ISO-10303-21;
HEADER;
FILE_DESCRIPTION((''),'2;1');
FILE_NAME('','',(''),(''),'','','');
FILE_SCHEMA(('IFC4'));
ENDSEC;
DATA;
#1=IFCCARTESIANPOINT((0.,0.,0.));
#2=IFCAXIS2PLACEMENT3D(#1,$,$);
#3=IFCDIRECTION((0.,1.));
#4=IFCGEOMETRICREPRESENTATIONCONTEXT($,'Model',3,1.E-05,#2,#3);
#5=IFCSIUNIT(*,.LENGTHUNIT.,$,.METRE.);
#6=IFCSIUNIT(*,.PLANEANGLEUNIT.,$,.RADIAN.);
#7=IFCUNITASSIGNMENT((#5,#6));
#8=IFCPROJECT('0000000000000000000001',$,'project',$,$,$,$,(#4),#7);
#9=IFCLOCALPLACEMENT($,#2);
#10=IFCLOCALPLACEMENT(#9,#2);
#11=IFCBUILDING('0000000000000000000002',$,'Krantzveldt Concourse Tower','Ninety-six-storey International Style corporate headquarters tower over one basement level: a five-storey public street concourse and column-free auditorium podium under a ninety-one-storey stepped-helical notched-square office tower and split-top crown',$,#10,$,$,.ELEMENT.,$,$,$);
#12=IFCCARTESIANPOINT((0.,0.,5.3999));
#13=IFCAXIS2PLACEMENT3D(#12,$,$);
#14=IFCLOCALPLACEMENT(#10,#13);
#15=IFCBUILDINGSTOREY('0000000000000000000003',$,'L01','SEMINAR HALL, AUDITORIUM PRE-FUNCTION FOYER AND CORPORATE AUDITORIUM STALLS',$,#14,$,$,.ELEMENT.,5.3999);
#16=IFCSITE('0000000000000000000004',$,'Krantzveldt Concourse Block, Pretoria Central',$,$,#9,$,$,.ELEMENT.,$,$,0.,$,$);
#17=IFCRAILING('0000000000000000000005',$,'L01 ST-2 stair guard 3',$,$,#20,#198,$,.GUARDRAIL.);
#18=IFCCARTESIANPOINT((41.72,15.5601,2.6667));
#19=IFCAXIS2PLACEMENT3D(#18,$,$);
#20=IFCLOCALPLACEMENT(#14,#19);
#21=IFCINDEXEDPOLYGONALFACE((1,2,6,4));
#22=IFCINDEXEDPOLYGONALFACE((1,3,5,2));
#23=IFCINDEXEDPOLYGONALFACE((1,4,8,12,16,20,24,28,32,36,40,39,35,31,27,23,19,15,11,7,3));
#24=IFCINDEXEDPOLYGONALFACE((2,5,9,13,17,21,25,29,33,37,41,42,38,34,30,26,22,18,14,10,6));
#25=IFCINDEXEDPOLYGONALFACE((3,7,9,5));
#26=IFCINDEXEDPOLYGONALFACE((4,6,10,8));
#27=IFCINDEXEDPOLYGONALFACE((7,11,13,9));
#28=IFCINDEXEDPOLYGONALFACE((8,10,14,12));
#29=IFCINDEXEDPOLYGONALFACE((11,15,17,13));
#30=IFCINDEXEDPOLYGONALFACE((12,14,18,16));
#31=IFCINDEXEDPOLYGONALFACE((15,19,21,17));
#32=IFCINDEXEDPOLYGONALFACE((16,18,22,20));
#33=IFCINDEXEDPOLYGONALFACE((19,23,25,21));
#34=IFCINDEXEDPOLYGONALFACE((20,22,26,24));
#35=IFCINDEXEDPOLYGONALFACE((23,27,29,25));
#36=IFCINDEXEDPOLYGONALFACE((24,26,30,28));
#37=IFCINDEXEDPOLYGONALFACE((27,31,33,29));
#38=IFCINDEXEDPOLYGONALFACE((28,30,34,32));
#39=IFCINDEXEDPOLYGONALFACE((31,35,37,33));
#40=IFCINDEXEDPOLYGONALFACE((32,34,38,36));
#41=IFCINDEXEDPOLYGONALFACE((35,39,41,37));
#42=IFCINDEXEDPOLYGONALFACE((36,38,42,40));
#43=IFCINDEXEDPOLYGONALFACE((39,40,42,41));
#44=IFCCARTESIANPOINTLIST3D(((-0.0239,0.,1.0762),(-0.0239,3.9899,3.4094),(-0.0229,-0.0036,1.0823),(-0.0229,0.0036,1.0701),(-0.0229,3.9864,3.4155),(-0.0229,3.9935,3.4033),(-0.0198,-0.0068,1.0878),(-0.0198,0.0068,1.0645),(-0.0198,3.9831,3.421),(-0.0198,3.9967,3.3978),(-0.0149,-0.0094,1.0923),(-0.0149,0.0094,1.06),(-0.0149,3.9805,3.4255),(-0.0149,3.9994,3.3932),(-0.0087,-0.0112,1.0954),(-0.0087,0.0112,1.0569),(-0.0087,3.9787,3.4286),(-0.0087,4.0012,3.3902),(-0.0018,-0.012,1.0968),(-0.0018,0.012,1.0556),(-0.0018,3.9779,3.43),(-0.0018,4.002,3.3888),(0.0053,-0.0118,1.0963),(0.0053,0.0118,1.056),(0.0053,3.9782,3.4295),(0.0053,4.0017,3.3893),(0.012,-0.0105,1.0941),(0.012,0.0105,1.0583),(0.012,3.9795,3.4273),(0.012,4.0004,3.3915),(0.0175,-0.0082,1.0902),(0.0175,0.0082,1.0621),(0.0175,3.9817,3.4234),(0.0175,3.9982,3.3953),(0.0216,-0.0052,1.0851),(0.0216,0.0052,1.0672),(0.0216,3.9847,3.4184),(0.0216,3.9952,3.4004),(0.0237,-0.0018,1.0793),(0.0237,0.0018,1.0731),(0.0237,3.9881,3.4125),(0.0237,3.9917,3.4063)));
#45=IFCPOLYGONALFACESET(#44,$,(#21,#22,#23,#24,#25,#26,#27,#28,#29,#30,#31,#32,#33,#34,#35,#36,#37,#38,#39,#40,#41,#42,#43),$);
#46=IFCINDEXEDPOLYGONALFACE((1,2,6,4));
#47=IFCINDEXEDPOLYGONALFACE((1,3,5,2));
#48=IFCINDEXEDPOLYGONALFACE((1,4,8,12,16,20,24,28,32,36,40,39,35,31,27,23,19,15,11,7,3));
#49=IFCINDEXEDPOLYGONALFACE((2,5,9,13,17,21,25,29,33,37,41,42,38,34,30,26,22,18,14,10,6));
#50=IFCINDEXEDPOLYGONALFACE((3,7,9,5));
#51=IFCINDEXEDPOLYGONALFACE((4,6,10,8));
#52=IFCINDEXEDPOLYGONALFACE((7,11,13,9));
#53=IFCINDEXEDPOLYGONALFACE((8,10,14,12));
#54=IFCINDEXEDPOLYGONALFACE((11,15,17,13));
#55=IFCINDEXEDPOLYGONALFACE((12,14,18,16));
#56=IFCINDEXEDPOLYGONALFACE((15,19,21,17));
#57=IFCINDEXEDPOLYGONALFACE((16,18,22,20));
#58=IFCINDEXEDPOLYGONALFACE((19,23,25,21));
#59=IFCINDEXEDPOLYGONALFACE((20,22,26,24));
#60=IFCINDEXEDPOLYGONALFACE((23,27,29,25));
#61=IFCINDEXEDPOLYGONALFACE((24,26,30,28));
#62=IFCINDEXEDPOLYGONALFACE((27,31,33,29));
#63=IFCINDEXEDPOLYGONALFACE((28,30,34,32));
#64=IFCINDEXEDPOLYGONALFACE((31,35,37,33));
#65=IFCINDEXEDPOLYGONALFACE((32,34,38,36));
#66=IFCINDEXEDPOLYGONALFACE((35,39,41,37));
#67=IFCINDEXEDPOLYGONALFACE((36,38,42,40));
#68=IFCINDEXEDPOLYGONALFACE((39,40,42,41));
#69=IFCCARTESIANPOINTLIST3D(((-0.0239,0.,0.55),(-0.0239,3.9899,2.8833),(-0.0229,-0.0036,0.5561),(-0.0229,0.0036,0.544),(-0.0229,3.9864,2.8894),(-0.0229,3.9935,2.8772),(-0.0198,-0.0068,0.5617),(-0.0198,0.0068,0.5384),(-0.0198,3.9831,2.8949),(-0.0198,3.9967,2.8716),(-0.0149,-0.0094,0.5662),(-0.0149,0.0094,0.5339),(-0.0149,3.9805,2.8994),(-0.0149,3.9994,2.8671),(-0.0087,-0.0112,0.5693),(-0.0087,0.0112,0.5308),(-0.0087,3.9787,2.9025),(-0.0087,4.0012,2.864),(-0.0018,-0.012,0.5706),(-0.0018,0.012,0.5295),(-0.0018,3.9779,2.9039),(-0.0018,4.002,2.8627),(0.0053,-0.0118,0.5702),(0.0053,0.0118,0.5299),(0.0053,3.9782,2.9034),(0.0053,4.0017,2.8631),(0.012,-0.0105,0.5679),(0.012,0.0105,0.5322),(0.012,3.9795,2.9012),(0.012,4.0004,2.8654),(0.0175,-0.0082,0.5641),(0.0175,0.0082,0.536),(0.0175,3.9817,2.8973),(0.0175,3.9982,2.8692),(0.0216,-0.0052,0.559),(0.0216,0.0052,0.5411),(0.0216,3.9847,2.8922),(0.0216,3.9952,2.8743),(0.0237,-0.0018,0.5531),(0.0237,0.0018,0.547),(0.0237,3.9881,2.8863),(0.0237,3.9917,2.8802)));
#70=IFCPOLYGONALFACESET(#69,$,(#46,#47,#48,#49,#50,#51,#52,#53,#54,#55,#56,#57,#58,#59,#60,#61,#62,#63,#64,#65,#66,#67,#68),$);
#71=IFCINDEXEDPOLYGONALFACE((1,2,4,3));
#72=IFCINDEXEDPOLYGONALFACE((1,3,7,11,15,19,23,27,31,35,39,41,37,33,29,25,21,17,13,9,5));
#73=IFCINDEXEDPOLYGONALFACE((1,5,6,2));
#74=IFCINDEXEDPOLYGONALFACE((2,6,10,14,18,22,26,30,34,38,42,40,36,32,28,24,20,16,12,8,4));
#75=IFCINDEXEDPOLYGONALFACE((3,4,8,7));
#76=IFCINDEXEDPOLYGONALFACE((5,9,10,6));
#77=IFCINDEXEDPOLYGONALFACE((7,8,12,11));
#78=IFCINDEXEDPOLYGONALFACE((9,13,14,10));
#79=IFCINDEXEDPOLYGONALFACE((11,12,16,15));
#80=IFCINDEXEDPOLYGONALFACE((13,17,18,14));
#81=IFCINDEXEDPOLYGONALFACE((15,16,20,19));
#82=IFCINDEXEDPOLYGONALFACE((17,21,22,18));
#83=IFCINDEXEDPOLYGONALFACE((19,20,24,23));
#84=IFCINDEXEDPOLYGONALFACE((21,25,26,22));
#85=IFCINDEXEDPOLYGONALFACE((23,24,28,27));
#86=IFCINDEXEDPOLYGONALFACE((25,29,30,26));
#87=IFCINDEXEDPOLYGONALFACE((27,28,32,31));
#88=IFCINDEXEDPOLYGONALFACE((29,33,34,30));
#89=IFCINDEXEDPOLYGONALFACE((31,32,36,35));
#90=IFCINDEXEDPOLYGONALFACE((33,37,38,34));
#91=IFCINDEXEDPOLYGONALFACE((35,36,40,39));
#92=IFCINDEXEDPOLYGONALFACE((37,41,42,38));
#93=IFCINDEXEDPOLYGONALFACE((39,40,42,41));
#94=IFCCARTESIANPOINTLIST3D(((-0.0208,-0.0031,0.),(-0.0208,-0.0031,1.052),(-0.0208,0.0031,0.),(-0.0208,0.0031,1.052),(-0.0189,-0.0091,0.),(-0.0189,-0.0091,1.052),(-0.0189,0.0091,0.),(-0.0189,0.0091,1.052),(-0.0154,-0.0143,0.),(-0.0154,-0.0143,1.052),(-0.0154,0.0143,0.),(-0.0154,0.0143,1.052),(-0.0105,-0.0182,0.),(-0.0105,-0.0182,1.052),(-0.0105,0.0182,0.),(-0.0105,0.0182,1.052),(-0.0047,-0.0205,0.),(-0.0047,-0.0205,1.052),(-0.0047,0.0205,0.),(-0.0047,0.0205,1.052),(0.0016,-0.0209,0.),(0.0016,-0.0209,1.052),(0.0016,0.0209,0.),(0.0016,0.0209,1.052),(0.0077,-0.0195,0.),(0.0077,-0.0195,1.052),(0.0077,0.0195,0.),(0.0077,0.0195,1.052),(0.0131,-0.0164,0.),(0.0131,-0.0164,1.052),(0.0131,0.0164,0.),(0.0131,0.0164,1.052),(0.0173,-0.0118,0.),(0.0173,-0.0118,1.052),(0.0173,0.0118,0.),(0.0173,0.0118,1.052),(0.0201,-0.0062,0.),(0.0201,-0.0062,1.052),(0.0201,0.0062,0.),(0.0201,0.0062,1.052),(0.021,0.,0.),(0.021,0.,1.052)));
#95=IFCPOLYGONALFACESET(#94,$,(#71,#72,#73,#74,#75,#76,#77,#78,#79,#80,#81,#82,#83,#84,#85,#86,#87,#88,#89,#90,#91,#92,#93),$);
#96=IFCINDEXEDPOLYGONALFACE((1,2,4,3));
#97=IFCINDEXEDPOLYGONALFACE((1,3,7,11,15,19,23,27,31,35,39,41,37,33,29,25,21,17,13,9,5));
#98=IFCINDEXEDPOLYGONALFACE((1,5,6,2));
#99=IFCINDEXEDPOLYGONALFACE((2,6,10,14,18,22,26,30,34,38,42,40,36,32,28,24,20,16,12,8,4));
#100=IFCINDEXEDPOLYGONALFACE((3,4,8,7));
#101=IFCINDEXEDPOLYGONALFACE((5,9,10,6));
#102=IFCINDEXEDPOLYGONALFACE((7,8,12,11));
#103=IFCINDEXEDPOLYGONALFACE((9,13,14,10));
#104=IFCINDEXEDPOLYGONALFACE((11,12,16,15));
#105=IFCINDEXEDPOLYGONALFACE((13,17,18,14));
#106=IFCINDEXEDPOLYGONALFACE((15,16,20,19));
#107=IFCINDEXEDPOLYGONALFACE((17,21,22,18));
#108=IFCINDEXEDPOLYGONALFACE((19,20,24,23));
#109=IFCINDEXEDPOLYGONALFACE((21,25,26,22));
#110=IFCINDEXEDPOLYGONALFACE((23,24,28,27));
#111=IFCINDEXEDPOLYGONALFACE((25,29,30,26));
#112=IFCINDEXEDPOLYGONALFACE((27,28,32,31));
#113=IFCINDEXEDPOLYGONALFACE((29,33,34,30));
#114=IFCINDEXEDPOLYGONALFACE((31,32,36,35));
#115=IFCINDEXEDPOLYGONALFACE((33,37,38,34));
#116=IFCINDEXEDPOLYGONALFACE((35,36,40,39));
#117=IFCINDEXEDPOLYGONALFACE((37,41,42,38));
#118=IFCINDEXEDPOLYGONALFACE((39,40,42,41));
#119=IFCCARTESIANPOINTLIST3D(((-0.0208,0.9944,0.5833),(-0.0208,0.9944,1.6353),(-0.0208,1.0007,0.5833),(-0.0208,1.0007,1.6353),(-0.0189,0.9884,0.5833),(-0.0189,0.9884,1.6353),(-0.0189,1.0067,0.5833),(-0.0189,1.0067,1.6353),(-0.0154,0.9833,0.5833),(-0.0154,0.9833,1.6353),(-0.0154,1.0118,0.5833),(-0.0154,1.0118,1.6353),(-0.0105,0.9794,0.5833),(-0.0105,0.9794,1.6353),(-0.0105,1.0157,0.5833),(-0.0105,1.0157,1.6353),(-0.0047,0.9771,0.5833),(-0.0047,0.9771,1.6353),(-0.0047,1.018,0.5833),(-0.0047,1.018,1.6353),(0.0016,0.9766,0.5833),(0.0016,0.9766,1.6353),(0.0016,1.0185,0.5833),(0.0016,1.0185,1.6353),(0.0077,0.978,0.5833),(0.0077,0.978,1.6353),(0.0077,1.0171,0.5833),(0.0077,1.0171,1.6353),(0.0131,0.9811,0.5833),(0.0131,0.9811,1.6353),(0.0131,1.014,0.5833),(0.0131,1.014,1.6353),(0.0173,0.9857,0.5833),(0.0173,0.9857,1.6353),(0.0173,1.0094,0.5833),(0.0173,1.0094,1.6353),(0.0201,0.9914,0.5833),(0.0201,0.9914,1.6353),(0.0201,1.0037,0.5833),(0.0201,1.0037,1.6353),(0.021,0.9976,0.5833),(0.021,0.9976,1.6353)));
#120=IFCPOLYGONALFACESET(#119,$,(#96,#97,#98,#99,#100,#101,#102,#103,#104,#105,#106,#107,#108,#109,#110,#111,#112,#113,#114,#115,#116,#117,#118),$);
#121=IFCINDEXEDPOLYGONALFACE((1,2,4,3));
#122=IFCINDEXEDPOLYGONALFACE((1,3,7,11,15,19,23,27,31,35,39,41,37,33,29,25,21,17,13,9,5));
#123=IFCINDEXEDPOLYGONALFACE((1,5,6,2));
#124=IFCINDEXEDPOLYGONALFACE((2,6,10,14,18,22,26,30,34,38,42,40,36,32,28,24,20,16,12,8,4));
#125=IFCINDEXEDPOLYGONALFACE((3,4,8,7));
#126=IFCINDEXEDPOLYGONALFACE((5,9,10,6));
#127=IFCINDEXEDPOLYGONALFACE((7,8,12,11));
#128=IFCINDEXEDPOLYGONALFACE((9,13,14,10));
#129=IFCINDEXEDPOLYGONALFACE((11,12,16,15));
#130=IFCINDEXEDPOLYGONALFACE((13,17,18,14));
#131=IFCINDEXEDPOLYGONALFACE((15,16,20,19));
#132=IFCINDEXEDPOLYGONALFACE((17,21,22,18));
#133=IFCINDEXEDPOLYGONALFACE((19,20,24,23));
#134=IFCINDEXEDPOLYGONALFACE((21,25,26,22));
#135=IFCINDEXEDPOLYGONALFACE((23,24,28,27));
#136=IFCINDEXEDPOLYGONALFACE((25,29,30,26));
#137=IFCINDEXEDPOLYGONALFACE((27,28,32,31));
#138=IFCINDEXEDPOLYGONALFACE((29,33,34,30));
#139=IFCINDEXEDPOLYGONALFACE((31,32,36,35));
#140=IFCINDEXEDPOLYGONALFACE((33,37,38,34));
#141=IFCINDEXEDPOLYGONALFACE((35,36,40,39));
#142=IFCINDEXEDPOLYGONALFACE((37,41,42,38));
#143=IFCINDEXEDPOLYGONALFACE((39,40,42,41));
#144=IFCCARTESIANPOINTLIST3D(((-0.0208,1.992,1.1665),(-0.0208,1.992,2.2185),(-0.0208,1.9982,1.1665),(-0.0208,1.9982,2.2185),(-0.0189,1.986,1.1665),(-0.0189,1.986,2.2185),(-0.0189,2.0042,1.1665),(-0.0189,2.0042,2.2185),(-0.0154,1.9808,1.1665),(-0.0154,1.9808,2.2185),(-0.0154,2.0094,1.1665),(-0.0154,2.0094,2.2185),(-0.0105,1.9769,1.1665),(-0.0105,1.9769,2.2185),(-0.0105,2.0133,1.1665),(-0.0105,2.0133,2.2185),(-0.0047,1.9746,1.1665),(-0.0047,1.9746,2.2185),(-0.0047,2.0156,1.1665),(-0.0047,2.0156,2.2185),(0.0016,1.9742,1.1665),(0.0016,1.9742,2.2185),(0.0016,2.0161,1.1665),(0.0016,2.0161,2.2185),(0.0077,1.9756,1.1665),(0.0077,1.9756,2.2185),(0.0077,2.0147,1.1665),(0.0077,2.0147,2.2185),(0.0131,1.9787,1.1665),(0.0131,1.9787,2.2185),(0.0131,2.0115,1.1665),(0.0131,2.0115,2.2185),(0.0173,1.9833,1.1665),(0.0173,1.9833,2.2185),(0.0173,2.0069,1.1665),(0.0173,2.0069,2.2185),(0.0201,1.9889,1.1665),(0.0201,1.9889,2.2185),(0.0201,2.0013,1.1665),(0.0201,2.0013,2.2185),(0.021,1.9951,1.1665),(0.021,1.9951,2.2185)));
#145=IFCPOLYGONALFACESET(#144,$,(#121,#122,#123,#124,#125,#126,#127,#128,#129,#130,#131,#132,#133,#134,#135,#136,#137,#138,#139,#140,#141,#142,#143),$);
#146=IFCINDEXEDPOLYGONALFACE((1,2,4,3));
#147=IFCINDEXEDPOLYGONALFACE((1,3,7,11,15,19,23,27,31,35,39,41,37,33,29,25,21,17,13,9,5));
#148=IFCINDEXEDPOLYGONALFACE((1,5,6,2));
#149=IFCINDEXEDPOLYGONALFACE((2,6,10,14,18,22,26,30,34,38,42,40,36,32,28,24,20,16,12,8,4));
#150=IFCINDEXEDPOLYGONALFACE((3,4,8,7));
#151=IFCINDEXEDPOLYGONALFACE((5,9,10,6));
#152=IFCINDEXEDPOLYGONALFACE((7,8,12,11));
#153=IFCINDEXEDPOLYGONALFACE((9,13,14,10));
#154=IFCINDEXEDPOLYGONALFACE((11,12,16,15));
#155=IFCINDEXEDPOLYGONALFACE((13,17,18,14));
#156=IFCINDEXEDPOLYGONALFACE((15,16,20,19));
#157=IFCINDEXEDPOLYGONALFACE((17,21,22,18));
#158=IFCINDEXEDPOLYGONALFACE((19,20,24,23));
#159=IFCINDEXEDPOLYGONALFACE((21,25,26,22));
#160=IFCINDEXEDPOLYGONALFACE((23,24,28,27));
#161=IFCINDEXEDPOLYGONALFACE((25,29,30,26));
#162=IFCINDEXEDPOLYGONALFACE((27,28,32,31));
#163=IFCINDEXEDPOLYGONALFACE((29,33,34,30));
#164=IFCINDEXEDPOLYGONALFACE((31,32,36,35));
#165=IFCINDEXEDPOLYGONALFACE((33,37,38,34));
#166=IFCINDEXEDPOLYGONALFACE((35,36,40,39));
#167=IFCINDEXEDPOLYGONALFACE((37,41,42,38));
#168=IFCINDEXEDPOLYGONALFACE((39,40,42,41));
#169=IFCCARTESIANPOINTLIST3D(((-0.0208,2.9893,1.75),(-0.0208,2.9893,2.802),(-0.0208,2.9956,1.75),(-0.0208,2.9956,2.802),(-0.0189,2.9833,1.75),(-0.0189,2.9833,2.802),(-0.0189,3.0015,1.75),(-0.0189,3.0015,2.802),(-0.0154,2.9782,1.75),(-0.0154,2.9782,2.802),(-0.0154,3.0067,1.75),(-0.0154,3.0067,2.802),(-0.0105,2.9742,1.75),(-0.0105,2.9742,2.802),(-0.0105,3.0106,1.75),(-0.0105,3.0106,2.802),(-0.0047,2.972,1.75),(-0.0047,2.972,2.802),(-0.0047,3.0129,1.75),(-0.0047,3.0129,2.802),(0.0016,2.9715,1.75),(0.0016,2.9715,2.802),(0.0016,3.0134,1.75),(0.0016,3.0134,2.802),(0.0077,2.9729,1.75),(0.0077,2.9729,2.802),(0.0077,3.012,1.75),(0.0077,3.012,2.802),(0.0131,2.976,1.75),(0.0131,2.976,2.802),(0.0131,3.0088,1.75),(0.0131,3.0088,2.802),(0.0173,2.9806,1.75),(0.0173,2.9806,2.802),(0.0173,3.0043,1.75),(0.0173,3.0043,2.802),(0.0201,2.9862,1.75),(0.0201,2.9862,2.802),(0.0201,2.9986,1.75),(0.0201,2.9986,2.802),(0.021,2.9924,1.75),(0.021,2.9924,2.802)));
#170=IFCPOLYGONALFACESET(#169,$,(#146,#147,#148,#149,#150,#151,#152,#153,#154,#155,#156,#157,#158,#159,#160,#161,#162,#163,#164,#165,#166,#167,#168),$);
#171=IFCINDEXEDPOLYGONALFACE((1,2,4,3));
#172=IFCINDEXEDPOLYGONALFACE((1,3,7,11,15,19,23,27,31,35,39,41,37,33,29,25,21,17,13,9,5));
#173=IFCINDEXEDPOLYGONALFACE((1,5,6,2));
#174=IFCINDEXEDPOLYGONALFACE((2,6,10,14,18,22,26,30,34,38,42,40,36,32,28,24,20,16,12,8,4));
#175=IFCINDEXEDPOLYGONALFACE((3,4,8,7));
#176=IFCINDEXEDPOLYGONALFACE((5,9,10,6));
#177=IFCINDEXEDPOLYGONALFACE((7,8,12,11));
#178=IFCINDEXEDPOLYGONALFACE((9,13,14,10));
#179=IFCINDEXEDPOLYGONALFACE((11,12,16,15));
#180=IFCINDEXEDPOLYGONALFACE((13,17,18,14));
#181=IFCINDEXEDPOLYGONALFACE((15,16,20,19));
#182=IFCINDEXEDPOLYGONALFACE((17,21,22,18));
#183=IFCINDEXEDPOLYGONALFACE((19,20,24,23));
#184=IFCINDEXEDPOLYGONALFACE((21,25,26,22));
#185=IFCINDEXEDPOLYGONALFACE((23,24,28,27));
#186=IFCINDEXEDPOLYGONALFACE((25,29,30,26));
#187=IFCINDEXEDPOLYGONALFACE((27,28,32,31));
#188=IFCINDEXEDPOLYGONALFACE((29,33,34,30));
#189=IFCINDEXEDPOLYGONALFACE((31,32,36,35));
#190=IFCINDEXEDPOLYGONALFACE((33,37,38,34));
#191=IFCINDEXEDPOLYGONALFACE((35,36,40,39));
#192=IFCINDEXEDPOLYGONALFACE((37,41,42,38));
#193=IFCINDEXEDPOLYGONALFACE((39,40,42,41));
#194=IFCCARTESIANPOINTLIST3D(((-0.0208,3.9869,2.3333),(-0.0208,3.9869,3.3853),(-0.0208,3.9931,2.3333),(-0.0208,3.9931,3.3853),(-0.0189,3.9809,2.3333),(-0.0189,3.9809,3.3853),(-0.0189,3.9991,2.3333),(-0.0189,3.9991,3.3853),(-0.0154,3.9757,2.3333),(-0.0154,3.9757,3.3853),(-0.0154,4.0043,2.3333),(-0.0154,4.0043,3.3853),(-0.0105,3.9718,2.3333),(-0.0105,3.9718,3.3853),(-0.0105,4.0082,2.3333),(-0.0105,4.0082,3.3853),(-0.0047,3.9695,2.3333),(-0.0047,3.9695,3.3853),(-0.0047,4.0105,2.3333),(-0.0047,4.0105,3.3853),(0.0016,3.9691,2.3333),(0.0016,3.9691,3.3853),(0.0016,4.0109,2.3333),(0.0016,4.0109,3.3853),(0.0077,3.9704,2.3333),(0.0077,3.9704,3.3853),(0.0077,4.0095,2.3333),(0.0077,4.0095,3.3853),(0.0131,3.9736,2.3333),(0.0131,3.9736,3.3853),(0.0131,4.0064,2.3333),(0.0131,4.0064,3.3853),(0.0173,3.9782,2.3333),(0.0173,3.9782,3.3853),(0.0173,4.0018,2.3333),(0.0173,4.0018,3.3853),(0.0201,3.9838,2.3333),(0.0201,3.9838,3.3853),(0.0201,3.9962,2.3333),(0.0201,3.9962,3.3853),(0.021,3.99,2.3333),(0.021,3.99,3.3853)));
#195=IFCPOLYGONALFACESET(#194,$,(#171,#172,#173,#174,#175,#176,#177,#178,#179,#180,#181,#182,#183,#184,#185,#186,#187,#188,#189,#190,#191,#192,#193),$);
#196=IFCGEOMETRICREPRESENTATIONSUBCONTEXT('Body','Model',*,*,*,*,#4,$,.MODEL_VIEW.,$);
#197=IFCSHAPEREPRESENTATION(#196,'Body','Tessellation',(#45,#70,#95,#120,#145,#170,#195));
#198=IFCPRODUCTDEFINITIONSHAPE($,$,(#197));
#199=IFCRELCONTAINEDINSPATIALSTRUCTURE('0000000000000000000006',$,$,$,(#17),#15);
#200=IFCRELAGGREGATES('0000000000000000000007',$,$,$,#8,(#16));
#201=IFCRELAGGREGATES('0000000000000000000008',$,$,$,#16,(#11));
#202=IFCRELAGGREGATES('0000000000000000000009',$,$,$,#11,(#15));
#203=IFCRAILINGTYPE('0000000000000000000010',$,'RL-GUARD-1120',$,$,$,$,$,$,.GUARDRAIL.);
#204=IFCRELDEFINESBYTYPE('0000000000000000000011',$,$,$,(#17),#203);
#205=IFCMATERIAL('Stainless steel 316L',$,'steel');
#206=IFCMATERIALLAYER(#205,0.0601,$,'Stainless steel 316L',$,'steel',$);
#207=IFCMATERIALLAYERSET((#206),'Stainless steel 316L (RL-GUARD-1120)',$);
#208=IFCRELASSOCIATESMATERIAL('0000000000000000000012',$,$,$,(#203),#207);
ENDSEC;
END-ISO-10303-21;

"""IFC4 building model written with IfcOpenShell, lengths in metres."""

from ifc_helpers import new_model, si_unit, direction, frame, origin, origin_2d, place, context, subcontext, project, spatial, circle, extrude, material, layer, layer_set, type_object, element, save


model = new_model("IFC4")

# Units and contexts
model_context = context("Model", 3, precision=1e-05, world=origin(), true_north=direction((0.0, 1.0)))
body_context = subcontext(model_context, "Body", "Model", "MODEL_VIEW")
ifc_project = project(units=[si_unit("LENGTHUNIT", "METRE"), si_unit("PLANEANGLEUNIT", "RADIAN")], contexts=[model_context])

# Site, building, storey
site_placement = place(None, origin())
site = spatial("IfcSite", under=ifc_project, at=site_placement, Name="Krantzveldt Concourse Block, Pretoria Central", CompositionType="ELEMENT", RefElevation=0.0)
building_placement = place(site_placement, origin())
building = spatial("IfcBuilding", under=site, at=building_placement, Name="Krantzveldt Concourse Tower", Description="Ninety-six-storey International Style corporate headquarters tower over one basement level: a five-storey public street concourse and column-free auditorium podium under a ninety-one-storey stepped-helical notched-square office tower and split-top crown", CompositionType="ELEMENT")
storey_placement = place(building_placement, frame((0.0, 0.0, 5.3999)))
storey = spatial("IfcBuildingStorey", under=building, at=storey_placement, Name="L01", Description="SEMINAR HALL, AUDITORIUM PRE-FUNCTION FOYER AND CORPORATE AUDITORIUM STALLS", CompositionType="ELEMENT", Elevation=5.3999)

# Shared definitions
ifc_material_1 = material(Name="Stainless steel 316L", Category="steel")

# Railing
ifc_layer_1 = layer(ifc_material_1, 0.0601, Name="Stainless steel 316L", Category="steel")
ifc_layer_set_1 = layer_set([ifc_layer_1], Name="Stainless steel 316L (RL-GUARD-1120)")
railing_type_1 = type_object("IfcRailingType", Name="RL-GUARD-1120", PredefinedType="GUARDRAIL", material=ifc_layer_set_1)
railing_1_placement = place(storey_placement, frame((41.72, 15.5601, 2.6667)))
element("IfcRailing", 1, at=railing_1_placement, inside=storey, type_object=railing_type_1, Name="L01 ST-2 stair guard 3", PredefinedType="GUARDRAIL", context=body_context, shape_type="SweptSolid", body=[
    extrude(circle(Radius=0.0239, at=origin_2d()), frame((0.0, 0.0, 1.0762), z_axis=(0.0, 0.863236, 0.5048), x_axis=(-1.0, 0.0, 0.0)), (0.0, 0.0, 1.0), 4.6221),
    extrude(circle(Radius=0.0239, at=origin_2d()), frame((0.0, 0.0, 0.55), z_axis=(0.0, 0.863236, 0.5048), x_axis=(-1.0, 0.0, 0.0)), (0.0, 0.0, 1.0), 4.6221),
    extrude(circle(Radius=0.021, at=origin_2d()), origin(), (0.0, 0.0, 1.0), 1.052),
    extrude(circle(Radius=0.021, at=origin_2d()), frame((0.0, 0.9976, 0.5833)), (0.0, 0.0, 1.0), 1.052),
    extrude(circle(Radius=0.021, at=origin_2d()), frame((0.0, 1.9951, 1.1665)), (0.0, 0.0, 1.0), 1.052),
    extrude(circle(Radius=0.021, at=origin_2d()), frame((0.0, 2.9924, 1.75)), (0.0, 0.0, 1.0), 1.052),
    extrude(circle(Radius=0.021, at=origin_2d()), frame((0.0, 3.99, 2.3333)), (0.0, 0.0, 1.0), 1.052),
])

save(model, "model.ifc")
